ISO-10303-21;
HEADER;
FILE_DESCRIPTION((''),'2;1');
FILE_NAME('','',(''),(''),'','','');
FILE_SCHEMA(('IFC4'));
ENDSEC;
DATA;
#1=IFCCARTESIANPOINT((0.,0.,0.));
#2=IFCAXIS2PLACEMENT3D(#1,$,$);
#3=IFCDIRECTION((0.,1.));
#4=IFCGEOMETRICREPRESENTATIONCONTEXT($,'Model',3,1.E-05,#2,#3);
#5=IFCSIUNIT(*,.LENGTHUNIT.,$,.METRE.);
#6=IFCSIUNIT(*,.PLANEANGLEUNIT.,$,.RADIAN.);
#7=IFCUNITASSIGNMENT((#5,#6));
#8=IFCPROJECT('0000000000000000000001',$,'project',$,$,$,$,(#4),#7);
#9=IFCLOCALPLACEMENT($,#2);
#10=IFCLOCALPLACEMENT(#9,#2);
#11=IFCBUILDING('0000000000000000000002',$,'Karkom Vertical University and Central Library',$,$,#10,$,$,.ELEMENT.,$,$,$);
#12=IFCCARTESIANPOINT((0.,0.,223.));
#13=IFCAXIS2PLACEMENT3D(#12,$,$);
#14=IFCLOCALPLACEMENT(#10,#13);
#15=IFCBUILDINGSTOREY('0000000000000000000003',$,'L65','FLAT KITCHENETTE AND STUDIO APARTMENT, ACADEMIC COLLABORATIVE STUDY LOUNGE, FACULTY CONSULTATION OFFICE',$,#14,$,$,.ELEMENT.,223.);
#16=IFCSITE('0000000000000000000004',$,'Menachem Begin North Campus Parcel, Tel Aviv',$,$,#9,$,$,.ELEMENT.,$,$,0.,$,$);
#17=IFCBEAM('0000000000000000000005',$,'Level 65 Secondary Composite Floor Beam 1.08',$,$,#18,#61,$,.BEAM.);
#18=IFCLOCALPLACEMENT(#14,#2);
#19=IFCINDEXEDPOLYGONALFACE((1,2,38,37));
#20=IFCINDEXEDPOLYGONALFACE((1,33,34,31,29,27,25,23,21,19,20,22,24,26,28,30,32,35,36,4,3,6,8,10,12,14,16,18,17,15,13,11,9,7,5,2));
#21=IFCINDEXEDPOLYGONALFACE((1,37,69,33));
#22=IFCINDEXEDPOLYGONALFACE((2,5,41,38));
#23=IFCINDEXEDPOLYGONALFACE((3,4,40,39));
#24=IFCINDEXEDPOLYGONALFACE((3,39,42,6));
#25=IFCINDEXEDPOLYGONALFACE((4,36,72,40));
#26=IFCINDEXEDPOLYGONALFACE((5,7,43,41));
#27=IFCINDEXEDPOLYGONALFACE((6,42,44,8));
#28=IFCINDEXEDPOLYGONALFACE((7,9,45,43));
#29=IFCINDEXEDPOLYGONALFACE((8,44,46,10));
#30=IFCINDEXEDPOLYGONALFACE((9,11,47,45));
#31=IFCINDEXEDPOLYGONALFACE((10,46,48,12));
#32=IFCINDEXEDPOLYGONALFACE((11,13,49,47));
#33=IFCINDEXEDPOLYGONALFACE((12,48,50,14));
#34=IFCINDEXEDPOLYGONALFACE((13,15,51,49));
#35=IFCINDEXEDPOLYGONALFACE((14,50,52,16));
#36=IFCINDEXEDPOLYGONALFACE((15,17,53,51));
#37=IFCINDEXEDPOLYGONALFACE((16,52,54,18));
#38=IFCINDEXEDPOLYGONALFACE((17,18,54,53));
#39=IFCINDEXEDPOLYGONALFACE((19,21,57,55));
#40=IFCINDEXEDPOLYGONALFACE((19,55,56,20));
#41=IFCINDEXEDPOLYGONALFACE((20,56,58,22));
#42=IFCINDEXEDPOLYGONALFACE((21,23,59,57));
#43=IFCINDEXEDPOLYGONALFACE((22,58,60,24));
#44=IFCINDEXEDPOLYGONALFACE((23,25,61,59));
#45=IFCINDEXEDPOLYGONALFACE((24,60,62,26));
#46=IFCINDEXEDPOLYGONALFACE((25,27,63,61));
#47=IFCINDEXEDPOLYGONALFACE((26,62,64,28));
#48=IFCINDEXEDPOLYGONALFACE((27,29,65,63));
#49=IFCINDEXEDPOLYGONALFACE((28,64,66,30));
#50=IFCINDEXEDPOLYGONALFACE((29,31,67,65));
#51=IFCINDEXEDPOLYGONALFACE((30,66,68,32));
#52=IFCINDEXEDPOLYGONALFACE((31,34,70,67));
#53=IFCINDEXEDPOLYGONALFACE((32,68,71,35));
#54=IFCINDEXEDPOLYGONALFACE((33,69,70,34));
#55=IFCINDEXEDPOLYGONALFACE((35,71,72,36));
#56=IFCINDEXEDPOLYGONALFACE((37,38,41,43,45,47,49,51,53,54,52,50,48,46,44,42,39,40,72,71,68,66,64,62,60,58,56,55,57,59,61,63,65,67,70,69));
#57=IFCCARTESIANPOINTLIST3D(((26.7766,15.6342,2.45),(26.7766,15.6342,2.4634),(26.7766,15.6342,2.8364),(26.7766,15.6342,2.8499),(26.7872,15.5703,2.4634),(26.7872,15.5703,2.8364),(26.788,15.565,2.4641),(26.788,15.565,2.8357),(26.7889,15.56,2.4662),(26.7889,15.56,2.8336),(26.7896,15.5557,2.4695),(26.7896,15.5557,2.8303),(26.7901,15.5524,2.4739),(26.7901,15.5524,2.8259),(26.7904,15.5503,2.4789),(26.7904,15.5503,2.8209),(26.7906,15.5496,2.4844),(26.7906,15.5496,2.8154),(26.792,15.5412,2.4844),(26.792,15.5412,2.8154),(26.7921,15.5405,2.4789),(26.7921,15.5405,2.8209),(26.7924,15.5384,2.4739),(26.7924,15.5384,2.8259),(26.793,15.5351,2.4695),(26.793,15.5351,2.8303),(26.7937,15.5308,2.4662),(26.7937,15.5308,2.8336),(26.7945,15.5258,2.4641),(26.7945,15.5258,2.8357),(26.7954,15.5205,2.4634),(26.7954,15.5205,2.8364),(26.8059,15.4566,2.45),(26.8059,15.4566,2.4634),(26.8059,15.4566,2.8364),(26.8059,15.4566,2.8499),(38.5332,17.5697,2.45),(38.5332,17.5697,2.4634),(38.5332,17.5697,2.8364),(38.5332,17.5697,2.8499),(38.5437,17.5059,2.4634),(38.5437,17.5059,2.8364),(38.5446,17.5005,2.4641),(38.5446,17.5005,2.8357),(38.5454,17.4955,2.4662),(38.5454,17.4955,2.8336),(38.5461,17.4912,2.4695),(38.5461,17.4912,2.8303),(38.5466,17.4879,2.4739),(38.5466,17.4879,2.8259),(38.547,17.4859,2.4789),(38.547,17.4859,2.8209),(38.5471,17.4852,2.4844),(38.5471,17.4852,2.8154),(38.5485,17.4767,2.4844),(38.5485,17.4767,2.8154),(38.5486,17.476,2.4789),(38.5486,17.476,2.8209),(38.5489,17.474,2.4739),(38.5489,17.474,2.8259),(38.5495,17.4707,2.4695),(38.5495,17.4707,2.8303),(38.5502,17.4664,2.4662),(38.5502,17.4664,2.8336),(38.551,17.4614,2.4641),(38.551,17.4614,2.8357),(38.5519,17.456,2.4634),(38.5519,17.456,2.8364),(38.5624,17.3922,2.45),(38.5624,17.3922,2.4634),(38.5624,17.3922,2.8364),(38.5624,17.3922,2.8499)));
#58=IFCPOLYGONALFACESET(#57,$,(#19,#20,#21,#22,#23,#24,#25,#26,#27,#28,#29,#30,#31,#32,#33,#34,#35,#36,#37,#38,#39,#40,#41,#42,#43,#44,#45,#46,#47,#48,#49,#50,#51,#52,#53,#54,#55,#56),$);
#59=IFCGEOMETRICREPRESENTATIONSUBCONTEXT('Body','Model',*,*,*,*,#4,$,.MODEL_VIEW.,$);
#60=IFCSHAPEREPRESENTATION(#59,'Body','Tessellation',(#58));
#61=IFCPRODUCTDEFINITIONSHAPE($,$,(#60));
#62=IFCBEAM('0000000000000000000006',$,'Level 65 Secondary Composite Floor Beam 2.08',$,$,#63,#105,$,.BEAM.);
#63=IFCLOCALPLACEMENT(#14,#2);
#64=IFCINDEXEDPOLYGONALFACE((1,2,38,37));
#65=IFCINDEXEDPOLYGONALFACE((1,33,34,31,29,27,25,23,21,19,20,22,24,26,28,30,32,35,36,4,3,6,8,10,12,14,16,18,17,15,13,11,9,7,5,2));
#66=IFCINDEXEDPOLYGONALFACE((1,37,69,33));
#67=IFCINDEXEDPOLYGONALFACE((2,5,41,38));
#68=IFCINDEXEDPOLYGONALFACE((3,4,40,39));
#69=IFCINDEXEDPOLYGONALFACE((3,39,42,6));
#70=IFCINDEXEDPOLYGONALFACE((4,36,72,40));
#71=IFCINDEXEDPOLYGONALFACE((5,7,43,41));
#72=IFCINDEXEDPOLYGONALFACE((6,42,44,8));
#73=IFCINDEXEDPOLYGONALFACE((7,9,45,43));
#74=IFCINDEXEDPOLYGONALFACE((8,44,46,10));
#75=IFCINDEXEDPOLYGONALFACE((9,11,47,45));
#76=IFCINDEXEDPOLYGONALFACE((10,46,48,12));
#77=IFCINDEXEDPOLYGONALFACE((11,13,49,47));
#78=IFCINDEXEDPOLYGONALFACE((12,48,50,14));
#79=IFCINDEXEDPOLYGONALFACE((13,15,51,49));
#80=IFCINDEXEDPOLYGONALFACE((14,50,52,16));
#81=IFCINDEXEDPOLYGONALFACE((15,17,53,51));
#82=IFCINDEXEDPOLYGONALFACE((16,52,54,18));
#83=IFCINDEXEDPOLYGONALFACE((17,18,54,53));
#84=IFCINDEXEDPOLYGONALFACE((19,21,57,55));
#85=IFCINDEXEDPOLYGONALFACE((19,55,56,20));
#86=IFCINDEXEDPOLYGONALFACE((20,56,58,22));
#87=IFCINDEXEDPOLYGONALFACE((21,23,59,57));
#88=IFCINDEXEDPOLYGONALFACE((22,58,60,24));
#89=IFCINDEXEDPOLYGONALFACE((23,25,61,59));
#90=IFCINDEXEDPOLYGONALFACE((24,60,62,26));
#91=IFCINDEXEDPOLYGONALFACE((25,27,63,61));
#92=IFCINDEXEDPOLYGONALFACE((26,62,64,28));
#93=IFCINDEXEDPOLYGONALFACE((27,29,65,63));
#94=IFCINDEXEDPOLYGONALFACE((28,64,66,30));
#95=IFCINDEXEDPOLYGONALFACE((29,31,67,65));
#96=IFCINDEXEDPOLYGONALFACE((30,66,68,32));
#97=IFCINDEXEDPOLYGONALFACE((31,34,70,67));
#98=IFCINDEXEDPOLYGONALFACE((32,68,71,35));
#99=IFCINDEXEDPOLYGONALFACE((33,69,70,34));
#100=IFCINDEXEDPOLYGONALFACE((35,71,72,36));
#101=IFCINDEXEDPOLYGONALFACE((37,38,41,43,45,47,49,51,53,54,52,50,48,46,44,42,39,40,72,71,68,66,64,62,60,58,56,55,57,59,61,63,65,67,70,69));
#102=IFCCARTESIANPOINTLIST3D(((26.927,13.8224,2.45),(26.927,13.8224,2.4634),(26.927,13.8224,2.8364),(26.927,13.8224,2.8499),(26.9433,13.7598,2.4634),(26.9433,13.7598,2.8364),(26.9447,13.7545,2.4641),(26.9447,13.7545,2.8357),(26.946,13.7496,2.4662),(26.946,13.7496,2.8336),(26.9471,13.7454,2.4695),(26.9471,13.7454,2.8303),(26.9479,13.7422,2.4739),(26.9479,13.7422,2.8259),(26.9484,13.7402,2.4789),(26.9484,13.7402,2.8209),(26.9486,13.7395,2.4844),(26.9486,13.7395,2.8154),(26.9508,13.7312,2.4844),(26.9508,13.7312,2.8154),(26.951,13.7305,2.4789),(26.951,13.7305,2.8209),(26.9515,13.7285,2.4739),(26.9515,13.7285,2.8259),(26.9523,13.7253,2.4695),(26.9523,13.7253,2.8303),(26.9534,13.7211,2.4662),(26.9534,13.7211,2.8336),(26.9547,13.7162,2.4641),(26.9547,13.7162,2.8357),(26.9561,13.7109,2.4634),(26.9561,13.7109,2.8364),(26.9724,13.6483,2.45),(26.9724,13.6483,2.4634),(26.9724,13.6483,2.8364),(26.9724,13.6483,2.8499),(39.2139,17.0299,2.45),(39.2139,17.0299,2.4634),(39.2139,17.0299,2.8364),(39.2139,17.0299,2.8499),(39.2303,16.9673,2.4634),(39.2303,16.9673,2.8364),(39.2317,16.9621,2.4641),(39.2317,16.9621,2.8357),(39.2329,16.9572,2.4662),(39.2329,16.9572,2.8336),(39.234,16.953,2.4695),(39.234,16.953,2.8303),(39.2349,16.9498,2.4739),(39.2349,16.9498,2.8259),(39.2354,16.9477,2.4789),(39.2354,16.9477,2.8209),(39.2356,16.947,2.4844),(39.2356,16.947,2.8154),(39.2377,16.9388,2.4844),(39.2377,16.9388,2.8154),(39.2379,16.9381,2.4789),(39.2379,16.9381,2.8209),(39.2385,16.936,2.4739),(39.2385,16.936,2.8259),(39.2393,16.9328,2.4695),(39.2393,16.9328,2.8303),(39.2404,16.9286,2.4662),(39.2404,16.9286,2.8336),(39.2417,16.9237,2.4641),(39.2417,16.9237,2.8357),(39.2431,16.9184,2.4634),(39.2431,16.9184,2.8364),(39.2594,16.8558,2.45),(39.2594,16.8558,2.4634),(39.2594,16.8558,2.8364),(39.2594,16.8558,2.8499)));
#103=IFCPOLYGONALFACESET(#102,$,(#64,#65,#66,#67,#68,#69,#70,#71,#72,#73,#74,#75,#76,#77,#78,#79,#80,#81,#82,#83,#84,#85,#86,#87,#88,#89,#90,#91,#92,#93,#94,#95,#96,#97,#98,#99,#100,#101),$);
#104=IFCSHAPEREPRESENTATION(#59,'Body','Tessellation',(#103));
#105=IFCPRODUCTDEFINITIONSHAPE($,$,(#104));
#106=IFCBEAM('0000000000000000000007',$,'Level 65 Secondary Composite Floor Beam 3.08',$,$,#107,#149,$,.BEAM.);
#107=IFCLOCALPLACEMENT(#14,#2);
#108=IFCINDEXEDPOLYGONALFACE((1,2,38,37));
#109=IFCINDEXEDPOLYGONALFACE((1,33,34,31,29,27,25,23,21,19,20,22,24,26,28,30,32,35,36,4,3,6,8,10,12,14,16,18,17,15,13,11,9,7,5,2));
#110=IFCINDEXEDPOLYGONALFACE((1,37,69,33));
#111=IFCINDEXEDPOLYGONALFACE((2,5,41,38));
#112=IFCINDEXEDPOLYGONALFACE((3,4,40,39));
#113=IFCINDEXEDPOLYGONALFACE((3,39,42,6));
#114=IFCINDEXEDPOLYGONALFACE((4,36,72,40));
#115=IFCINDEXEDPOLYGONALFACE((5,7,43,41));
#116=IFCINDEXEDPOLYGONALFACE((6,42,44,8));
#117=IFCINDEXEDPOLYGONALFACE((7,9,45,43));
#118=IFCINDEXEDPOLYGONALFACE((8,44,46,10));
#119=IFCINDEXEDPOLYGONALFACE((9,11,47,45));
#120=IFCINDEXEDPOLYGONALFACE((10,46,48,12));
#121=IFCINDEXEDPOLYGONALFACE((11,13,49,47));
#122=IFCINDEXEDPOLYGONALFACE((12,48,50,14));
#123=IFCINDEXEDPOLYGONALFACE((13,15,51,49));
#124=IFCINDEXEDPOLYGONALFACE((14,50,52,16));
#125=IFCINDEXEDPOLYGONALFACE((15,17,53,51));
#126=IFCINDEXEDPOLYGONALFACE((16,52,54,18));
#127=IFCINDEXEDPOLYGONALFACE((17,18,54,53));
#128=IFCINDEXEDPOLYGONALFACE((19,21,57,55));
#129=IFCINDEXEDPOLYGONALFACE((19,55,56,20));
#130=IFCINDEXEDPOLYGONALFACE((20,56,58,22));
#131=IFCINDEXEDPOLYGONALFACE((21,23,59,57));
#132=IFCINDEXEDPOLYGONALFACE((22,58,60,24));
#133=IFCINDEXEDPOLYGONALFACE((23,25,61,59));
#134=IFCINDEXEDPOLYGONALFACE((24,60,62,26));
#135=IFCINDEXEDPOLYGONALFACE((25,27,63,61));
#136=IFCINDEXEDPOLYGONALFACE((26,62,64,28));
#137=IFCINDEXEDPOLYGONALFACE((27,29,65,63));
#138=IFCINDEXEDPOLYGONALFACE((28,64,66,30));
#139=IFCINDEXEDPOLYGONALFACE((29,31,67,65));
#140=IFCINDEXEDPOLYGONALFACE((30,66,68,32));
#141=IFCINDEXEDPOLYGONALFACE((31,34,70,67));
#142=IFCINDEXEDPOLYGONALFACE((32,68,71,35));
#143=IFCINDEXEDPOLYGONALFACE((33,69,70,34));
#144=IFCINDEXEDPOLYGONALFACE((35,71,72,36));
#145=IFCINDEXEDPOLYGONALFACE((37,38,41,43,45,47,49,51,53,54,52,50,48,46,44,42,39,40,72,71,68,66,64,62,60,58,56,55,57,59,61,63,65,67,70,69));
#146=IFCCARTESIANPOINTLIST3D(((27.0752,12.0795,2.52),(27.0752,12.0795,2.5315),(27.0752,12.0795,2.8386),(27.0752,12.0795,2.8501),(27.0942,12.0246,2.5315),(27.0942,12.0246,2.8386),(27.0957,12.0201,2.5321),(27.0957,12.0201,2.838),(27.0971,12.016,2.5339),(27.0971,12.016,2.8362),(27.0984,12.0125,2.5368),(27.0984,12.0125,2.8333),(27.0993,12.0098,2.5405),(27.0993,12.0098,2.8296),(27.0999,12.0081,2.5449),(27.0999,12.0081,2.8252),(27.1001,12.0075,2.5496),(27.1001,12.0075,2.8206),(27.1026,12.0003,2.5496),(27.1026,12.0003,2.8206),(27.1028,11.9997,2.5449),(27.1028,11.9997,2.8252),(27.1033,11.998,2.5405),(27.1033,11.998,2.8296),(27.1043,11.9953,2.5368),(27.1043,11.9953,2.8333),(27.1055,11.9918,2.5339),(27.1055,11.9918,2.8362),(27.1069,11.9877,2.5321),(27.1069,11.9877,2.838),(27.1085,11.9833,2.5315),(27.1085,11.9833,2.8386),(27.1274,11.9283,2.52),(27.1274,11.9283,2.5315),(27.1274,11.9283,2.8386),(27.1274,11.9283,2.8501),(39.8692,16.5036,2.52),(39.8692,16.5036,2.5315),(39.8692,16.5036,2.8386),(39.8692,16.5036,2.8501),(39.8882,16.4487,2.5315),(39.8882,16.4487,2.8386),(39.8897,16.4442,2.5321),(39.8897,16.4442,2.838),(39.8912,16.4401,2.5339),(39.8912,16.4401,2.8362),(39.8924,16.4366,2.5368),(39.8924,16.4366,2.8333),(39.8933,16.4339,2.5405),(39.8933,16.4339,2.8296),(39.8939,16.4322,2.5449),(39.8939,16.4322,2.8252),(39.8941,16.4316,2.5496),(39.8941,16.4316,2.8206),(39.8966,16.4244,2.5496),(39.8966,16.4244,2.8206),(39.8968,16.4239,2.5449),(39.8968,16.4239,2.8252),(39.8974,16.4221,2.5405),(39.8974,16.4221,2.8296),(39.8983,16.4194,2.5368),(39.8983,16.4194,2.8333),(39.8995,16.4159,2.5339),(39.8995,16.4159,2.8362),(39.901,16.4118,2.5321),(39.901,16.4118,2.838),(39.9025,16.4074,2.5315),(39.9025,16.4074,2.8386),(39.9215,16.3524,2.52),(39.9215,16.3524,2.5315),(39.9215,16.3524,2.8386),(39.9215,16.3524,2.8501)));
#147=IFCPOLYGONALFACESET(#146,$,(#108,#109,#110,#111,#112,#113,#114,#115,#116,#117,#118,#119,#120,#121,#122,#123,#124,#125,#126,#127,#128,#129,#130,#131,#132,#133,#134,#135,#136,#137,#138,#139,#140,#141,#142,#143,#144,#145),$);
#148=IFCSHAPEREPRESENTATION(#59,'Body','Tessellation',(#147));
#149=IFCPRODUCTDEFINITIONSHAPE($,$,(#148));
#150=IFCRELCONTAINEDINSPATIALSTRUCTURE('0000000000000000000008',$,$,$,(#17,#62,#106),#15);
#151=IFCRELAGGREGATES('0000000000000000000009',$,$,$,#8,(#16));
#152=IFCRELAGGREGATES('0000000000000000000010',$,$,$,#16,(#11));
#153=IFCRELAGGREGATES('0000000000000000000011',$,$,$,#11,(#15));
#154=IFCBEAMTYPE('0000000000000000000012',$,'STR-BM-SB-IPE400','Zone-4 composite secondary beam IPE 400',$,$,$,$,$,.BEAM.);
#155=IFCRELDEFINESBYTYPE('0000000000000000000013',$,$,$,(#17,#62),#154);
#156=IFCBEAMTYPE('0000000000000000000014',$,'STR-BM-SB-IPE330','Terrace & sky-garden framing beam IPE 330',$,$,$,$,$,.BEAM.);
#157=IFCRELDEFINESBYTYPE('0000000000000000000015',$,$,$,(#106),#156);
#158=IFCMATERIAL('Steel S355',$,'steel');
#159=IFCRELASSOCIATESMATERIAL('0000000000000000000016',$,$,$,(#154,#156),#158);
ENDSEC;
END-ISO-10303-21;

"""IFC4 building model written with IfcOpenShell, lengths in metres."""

from ifc_helpers import new_model, si_unit, direction, frame, origin, origin_with_axes, origin_2d, place, context, subcontext, project, spatial, i_section, extrude, source, transform, mapped, material, material_profile, profile_set, type_object, element, save


model = new_model("IFC4")

# Units and contexts
model_context = context("Model", 3, precision=1e-05, world=origin(), true_north=direction((0.0, 1.0)))
body_context = subcontext(model_context, "Body", "Model", "MODEL_VIEW")
ifc_project = project(units=[si_unit("LENGTHUNIT", "METRE"), si_unit("PLANEANGLEUNIT", "RADIAN")], contexts=[model_context])

# Site, building, storey
site_placement = place(None, origin())
site = spatial("IfcSite", under=ifc_project, at=site_placement, Name="Menachem Begin North Campus Parcel, Tel Aviv", CompositionType="ELEMENT", RefElevation=0.0)
building_placement = place(site_placement, origin())
building = spatial("IfcBuilding", under=site, at=building_placement, Name="Karkom Vertical University and Central Library", CompositionType="ELEMENT")
storey_placement = place(building_placement, frame((0.0, 0.0, 223.0)))
storey = spatial("IfcBuildingStorey", under=building, at=storey_placement, Name="L65", Description="FLAT KITCHENETTE AND STUDIO APARTMENT, ACADEMIC COLLABORATIVE STUDY LOUNGE, FACULTY CONSULTATION OFFICE", CompositionType="ELEMENT", Elevation=223.0)

# Beams
ifc_material_1 = material(Name="Steel S355", Category="steel")
ifc_material_profile_1 = material_profile(ifc_material_1, i_section(OverallWidth=0.1799, OverallDepth=0.3999, WebThickness=0.0085, FlangeThickness=0.0134, FilletRadius=0.021, at=origin_2d()), Name="IPE 400")
ifc_profile_set_1 = profile_set([ifc_material_profile_1], Name="Steel S355")
beam_type_1 = type_object("IfcBeamType", Name="STR-BM-SB-IPE400", Description="Zone-4 composite secondary beam IPE 400", PredefinedType="BEAM", material=ifc_profile_set_1)
shared_shape_1 = source(origin_with_axes(), body_context, "Body", "SweptSolid", [
    extrude(i_section(OverallWidth=0.1799, OverallDepth=0.3999, WebThickness=0.0085, FlangeThickness=0.0134, FilletRadius=0.021, at=origin_2d()), origin(), (0.0, 0.0, 1.0), 11.9148),
])
beam_1_placement = place(storey_placement, frame((26.7913, 15.5454, 2.6499), z_axis=(0.986717, 0.162448, 0.0), x_axis=(-0.162448, 0.986717, 0.0)))
element("IfcBeam", 1, at=beam_1_placement, inside=storey, type_object=beam_type_1, Name="Level 65 Secondary Composite Floor Beam 1.08", PredefinedType="BEAM", context=body_context, shape_type="MappedRepresentation", body=[
    mapped(shared_shape_1, transform((0.0, 0.0, 0.0), scale=1.0)),
])
shared_shape_2 = source(origin_with_axes(), body_context, "Body", "SweptSolid", [
    extrude(i_section(OverallWidth=0.1799, OverallDepth=0.3999, WebThickness=0.0085, FlangeThickness=0.0134, FilletRadius=0.021, at=origin_2d()), origin(), (0.0, 0.0, 1.0), 12.6987),
])
beam_2_placement = place(storey_placement, frame((26.9497, 13.7354, 2.6499), z_axis=(0.967574, 0.252588, 0.0), x_axis=(-0.252588, 0.967574, 0.0)))
element("IfcBeam", 2, at=beam_2_placement, inside=storey, type_object=beam_type_1, Name="Level 65 Secondary Composite Floor Beam 2.08", PredefinedType="BEAM", context=body_context, shape_type="MappedRepresentation", body=[
    mapped(shared_shape_2, transform((0.0, 0.0, 0.0), scale=1.0)),
])
ifc_material_profile_2 = material_profile(ifc_material_1, i_section(OverallWidth=0.1599, OverallDepth=0.3301, WebThickness=0.0076, FlangeThickness=0.0115, FilletRadius=0.0181, at=origin_2d()), Name="IPE 330")
ifc_profile_set_2 = profile_set([ifc_material_profile_2], Name="Steel S355")
beam_type_2 = type_object("IfcBeamType", Name="STR-BM-SB-IPE330", Description="Terrace & sky-garden framing beam IPE 330", PredefinedType="BEAM", material=ifc_profile_set_2)
shared_shape_3 = source(origin_with_axes(), body_context, "Body", "SweptSolid", [
    extrude(i_section(OverallWidth=0.1599, OverallDepth=0.3301, WebThickness=0.0076, FlangeThickness=0.0115, FilletRadius=0.0181, at=origin_2d()), origin(), (0.0, 0.0, 1.0), 13.5374),
])
beam_3_placement = place(storey_placement, frame((27.1013, 12.0039, 2.6851), z_axis=(0.945091, 0.326807, 0.0), x_axis=(-0.326807, 0.945091, 0.0)))
element("IfcBeam", 3, at=beam_3_placement, inside=storey, type_object=beam_type_2, Name="Level 65 Secondary Composite Floor Beam 3.08", PredefinedType="BEAM", context=body_context, shape_type="MappedRepresentation", body=[
    mapped(shared_shape_3, transform((0.0, 0.0, 0.0), scale=1.0)),
])

save(model, "model.ifc")
